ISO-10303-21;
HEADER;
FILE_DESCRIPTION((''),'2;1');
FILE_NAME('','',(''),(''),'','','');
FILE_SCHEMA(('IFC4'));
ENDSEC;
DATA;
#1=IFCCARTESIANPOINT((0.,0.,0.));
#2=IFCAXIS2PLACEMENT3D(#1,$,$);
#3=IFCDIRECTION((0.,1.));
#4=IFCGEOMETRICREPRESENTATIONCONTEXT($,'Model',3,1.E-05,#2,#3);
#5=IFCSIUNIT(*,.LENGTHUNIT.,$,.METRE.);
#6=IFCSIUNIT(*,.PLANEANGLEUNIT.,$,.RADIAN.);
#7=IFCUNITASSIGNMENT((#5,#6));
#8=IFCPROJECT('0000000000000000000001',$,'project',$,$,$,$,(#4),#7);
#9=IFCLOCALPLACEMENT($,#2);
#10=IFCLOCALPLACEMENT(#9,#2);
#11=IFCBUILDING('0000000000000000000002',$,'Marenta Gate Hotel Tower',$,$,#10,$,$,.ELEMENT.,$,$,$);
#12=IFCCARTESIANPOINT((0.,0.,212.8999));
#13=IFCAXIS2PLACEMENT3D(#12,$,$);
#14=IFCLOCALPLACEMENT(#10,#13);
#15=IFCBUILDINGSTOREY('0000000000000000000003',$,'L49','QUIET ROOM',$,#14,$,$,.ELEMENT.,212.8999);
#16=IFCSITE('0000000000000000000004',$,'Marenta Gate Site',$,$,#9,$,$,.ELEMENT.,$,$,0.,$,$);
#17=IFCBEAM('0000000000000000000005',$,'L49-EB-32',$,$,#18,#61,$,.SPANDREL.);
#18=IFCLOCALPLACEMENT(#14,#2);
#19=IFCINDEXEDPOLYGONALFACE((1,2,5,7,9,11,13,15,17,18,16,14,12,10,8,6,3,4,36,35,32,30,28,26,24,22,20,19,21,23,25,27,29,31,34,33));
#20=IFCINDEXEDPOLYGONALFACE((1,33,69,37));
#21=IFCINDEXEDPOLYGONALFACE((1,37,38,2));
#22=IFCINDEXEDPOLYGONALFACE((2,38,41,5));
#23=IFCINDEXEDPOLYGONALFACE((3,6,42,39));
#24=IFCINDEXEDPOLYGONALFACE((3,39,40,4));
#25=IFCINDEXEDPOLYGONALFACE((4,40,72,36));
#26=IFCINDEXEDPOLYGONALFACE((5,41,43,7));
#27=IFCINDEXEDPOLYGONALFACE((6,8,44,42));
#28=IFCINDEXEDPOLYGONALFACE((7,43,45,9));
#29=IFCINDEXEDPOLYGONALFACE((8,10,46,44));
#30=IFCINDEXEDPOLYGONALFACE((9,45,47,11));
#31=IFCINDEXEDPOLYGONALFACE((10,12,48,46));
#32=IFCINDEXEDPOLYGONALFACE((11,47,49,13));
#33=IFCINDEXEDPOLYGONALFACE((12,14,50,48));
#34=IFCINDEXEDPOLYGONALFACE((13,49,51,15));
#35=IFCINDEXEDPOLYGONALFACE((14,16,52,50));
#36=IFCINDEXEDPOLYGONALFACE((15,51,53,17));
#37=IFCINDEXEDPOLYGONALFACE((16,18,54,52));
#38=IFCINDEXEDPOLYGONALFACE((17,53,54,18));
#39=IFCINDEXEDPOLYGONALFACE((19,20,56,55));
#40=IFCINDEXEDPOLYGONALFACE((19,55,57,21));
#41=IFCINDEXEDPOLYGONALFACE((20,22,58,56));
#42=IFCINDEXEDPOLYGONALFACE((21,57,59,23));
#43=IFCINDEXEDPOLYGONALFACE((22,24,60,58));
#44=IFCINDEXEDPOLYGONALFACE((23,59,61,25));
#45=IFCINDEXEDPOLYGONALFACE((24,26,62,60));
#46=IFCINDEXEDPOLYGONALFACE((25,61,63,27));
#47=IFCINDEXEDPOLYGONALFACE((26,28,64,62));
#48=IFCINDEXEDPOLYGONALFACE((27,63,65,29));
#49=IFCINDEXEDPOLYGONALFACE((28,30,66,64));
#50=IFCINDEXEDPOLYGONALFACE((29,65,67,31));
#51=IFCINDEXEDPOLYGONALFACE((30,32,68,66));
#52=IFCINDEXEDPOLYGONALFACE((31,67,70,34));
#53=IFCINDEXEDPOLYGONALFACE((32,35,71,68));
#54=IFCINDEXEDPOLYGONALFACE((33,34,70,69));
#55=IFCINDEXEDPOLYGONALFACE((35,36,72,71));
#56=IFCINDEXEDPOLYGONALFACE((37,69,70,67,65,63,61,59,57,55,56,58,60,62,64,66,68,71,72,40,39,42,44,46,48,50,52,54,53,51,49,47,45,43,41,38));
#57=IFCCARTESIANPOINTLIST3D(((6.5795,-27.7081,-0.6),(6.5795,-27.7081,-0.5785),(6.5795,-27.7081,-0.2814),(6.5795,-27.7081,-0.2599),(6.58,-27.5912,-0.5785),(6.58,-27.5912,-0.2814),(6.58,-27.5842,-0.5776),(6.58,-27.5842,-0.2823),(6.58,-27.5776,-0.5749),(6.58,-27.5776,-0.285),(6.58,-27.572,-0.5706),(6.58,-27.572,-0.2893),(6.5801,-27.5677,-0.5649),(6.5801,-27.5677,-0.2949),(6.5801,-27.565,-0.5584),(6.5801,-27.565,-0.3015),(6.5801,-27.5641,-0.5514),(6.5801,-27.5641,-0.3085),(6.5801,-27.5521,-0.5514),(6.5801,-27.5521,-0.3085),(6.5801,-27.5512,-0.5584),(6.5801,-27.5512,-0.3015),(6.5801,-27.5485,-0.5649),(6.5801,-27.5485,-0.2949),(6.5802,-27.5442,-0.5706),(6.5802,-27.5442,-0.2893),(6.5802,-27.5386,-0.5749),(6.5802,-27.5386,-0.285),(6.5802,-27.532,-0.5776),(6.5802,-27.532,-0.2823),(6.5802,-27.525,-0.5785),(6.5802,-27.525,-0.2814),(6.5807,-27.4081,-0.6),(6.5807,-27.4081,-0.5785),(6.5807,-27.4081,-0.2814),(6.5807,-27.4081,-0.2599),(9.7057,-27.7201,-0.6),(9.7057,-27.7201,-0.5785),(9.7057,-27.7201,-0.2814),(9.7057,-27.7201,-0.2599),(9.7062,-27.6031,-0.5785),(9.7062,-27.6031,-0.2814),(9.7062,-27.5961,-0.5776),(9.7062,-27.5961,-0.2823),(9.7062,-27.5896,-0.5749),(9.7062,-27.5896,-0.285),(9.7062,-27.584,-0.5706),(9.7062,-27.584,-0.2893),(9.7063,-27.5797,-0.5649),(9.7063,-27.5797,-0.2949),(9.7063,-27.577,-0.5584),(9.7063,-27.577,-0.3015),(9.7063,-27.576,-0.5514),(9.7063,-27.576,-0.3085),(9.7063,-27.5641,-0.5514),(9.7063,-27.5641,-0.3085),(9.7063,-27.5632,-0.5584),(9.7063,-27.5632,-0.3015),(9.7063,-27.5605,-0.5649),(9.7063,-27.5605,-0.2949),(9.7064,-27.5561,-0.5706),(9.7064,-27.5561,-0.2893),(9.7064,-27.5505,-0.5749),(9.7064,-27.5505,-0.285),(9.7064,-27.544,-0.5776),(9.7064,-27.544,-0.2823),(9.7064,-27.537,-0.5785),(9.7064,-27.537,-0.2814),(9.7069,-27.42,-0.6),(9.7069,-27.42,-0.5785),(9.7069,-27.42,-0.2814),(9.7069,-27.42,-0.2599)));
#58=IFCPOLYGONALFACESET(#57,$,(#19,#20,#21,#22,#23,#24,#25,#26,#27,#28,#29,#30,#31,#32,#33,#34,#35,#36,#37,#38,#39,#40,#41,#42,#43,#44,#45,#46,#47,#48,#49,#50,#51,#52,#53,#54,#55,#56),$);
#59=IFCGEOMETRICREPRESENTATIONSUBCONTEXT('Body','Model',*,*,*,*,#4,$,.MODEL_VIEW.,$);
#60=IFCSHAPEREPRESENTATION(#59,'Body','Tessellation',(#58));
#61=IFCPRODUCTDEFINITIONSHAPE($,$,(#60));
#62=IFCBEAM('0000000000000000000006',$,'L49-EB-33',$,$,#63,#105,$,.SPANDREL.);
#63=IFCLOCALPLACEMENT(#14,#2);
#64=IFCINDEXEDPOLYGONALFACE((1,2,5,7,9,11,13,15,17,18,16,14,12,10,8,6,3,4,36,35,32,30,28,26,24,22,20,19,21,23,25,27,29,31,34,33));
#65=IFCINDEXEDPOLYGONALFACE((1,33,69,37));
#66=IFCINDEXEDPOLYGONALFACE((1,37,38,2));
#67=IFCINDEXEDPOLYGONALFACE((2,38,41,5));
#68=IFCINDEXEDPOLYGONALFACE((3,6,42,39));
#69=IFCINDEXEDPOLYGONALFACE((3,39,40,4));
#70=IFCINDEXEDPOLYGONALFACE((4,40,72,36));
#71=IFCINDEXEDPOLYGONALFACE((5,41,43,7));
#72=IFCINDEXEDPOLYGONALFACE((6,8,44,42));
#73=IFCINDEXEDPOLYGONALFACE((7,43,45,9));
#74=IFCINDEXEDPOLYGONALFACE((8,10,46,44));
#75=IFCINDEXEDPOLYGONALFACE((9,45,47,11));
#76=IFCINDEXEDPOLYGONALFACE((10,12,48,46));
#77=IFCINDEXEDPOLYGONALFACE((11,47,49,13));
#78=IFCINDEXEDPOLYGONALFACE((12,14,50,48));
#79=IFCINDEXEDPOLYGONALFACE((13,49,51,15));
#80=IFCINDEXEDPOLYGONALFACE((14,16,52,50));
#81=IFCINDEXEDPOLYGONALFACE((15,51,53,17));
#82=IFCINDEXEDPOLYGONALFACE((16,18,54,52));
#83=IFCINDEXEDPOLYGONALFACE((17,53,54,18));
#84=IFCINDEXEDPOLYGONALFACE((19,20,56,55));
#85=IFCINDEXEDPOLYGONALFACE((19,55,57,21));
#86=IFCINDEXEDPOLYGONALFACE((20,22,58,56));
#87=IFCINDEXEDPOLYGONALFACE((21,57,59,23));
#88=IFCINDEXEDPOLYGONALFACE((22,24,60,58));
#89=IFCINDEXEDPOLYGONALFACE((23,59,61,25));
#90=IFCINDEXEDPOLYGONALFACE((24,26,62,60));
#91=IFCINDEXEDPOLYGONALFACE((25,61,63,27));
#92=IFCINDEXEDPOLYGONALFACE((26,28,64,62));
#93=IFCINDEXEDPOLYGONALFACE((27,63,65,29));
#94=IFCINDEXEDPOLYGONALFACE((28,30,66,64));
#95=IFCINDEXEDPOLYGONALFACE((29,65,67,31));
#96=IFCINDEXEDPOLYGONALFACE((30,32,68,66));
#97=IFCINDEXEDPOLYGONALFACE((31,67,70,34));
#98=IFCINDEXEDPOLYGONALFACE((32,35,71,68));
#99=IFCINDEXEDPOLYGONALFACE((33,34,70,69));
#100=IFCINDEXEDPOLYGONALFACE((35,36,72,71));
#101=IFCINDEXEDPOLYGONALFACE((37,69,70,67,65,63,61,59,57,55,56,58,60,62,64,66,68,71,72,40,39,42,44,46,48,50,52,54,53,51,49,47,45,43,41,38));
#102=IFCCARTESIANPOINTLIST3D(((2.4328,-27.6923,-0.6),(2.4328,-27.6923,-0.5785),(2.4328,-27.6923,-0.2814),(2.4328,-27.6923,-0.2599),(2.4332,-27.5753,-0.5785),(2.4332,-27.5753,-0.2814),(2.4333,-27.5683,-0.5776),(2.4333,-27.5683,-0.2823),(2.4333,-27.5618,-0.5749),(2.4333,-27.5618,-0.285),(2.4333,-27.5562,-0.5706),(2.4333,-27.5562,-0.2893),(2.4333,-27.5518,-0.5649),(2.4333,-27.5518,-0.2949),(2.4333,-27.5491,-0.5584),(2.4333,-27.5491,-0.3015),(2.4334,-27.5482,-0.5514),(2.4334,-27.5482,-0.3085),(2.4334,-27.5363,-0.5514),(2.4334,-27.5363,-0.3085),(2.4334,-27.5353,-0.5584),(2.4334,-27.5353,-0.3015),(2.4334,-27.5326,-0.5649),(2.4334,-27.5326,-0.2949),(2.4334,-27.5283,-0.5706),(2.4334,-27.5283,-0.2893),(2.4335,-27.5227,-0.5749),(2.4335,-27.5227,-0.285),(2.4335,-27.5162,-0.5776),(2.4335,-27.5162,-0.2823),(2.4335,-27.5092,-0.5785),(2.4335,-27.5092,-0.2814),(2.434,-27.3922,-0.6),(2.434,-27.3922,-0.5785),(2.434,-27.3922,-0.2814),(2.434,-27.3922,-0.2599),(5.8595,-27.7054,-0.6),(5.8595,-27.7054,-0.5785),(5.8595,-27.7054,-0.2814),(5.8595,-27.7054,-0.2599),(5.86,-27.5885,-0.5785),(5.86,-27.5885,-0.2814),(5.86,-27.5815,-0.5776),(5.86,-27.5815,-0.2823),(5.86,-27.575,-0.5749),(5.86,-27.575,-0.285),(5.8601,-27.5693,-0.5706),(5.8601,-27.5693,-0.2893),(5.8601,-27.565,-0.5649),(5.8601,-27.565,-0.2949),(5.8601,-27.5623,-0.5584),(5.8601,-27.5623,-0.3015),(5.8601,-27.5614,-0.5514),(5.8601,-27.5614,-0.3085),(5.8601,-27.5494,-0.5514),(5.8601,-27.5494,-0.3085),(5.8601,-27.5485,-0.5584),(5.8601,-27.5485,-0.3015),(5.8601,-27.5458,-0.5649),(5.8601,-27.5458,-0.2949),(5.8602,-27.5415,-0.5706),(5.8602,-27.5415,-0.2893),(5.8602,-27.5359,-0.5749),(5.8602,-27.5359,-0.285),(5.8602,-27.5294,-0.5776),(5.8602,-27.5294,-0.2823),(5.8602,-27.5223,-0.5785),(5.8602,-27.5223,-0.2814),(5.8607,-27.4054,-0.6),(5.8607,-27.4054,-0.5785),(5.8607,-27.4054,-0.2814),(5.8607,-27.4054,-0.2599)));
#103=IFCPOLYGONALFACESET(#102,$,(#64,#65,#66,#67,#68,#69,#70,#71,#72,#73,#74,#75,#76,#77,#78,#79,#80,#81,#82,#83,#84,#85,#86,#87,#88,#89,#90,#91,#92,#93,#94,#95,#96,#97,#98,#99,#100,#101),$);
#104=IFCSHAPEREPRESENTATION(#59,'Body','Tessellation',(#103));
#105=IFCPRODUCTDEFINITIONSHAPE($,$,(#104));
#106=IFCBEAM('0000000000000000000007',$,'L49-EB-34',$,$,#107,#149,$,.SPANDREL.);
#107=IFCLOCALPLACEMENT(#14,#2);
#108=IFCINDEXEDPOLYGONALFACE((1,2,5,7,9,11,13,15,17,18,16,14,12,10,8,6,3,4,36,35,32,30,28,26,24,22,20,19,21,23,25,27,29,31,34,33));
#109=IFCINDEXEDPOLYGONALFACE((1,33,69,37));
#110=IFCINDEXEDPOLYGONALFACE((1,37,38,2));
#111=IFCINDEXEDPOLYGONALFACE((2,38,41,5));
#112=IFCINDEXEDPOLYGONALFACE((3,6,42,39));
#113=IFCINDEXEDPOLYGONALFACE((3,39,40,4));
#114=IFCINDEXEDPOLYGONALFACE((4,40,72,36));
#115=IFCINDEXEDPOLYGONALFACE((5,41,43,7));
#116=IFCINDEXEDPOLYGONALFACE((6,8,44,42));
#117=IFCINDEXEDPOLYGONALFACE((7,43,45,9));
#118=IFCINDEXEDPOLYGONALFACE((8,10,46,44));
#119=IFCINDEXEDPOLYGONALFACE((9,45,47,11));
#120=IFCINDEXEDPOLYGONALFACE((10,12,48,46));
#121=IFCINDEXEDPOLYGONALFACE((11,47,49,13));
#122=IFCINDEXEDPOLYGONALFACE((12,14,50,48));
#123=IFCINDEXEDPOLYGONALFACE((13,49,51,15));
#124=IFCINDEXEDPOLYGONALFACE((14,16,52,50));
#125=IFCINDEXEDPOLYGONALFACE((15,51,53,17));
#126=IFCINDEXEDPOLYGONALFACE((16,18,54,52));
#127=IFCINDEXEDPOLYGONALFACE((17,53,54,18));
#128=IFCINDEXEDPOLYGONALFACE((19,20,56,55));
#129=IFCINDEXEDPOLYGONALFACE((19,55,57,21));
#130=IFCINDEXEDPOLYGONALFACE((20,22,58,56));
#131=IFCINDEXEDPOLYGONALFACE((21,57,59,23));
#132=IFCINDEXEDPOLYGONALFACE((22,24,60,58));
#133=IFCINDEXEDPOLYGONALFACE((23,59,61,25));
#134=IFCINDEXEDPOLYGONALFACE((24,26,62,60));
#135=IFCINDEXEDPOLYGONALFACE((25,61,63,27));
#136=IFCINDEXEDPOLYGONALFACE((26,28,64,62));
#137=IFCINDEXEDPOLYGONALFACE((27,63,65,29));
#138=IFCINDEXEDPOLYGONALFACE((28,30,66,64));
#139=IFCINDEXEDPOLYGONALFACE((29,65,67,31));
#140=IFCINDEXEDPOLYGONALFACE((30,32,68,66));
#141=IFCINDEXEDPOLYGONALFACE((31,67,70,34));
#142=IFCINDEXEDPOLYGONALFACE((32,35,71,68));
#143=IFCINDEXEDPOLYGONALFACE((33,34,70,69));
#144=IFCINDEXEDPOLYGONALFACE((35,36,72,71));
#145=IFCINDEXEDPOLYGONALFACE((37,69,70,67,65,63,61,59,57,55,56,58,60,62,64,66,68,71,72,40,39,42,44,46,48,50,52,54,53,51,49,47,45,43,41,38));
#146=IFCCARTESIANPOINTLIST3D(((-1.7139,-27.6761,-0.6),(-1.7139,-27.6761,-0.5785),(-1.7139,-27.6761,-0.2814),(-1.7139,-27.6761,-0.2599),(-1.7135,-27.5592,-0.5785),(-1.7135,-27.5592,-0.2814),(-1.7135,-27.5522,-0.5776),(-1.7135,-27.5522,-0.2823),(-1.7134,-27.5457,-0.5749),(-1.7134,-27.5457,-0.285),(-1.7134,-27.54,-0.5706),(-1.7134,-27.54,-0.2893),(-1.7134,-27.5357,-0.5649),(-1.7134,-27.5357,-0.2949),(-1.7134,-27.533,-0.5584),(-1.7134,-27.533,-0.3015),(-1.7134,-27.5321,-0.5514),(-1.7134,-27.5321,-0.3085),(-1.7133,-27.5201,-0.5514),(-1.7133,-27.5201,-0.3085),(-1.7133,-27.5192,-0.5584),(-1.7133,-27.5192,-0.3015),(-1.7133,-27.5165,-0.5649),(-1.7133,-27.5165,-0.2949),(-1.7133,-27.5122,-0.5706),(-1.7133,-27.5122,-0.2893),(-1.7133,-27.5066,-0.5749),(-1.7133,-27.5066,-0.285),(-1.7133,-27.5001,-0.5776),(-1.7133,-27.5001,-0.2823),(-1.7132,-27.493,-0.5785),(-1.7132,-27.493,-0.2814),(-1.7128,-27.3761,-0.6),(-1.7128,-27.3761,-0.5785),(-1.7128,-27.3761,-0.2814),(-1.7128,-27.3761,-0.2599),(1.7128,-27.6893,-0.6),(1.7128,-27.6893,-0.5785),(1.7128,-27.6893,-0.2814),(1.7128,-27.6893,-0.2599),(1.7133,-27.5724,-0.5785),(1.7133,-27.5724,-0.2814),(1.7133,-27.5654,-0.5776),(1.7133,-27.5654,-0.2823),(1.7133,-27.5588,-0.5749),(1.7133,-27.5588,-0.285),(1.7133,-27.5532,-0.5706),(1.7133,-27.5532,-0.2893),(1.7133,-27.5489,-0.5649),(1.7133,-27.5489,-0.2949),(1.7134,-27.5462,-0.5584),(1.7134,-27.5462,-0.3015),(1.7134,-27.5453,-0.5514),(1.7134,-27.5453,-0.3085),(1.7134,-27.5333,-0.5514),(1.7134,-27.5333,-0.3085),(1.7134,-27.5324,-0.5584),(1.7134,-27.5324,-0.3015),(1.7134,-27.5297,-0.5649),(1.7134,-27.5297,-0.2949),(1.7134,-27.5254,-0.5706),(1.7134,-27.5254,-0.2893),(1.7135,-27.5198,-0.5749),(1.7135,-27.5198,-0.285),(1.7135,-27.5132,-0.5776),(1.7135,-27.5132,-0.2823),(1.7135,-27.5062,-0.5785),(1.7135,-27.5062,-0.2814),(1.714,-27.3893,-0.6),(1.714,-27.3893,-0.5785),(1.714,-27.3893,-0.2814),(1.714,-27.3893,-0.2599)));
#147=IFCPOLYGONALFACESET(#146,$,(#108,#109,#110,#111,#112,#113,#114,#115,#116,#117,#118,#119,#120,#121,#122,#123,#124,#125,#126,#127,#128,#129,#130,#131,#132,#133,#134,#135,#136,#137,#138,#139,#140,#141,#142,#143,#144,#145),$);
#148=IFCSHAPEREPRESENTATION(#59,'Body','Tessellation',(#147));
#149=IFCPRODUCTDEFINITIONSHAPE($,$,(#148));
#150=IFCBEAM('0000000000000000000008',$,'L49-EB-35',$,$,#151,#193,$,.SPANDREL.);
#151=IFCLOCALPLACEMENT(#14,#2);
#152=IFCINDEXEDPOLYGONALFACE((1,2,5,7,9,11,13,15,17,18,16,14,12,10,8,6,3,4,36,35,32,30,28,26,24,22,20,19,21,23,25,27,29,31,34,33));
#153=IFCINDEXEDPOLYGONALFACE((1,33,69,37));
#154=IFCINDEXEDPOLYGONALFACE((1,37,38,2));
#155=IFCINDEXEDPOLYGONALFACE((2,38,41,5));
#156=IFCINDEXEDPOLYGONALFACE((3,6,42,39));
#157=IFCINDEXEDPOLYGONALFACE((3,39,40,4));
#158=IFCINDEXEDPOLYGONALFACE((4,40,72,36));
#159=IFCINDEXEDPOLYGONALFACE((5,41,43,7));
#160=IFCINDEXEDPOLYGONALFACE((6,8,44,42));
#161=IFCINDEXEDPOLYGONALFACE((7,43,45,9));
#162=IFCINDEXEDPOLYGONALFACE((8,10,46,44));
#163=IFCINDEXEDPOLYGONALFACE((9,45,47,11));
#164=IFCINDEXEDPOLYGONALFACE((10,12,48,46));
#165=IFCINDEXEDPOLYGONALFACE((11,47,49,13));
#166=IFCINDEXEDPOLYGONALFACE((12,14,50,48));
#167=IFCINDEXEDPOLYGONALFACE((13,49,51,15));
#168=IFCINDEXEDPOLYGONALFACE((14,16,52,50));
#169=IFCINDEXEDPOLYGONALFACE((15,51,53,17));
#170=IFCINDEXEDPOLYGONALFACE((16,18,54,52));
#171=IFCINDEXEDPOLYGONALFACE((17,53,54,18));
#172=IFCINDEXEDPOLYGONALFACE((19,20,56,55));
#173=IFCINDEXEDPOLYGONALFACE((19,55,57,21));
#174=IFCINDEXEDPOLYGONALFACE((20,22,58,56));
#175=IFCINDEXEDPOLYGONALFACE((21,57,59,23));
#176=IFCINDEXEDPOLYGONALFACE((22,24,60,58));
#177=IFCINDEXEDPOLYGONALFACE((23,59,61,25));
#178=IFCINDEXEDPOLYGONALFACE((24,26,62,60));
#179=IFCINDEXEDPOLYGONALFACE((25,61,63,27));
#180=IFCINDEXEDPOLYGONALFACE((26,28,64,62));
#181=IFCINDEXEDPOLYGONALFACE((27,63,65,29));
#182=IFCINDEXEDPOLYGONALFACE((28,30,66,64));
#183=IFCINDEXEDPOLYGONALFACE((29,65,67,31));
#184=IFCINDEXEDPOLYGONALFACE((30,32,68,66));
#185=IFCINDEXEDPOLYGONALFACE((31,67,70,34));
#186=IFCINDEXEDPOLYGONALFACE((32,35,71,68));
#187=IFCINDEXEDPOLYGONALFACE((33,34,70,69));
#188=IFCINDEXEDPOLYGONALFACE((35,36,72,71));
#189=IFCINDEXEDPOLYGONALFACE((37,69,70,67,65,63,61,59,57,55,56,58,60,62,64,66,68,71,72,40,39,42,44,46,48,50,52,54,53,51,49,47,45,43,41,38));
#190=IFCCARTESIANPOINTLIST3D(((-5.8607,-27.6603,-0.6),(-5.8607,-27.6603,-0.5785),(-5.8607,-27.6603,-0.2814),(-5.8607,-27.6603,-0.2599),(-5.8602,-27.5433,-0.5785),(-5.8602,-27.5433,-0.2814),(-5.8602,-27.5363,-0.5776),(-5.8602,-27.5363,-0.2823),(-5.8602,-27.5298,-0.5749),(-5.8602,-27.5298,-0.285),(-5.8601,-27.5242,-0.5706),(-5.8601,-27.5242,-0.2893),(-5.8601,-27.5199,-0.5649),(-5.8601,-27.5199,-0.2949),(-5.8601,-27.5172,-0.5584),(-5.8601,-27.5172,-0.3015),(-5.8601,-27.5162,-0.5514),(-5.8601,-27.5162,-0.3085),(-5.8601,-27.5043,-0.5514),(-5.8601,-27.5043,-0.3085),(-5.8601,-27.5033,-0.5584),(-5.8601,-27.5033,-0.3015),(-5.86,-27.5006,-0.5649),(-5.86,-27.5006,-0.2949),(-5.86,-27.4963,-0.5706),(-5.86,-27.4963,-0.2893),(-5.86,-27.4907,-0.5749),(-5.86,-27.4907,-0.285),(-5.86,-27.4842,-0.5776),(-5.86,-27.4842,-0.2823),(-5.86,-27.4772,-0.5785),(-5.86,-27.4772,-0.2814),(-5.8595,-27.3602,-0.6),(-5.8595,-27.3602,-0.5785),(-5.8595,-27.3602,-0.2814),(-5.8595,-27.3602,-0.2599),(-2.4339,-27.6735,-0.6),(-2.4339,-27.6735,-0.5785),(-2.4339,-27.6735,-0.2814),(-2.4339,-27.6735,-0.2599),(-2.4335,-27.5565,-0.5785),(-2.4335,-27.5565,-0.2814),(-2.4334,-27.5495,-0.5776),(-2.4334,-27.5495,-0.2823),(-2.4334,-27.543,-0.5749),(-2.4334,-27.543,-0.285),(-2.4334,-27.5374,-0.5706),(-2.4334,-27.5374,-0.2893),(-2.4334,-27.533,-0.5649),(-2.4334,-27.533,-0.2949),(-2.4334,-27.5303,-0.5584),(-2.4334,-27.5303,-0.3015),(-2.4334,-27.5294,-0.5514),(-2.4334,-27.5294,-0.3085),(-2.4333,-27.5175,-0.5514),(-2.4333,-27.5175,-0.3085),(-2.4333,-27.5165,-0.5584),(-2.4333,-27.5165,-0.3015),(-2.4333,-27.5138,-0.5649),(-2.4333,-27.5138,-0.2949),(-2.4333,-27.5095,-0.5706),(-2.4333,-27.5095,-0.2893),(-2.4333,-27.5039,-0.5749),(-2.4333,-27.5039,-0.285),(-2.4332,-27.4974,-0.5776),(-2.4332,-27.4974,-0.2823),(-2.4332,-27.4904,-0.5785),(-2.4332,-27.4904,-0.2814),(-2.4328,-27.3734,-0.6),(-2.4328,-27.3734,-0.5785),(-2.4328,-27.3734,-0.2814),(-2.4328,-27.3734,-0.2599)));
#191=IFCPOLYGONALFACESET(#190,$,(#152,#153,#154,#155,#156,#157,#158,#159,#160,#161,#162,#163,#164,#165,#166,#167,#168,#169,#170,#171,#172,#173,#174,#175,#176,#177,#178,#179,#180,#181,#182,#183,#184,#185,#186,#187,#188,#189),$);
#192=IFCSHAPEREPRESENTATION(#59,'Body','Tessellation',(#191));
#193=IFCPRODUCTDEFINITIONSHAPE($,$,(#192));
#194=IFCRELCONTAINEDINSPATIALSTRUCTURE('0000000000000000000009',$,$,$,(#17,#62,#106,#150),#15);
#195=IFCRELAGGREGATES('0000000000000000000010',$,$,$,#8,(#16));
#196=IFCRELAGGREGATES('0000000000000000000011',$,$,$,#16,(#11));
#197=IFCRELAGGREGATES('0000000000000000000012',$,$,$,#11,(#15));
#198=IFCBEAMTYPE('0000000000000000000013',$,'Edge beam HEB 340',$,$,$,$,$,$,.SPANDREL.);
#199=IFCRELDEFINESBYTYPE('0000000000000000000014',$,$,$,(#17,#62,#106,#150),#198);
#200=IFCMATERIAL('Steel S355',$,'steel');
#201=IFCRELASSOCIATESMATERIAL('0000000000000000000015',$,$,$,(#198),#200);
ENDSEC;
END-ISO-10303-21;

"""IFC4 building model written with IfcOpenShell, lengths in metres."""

from ifc_helpers import new_model, si_unit, direction, frame, origin, origin_2d, place, context, subcontext, project, spatial, i_section, extrude, material, material_profile, profile_set, type_object, element, save


model = new_model("IFC4")

# Units and contexts
model_context = context("Model", 3, precision=1e-05, world=origin(), true_north=direction((0.0, 1.0)))
body_context = subcontext(model_context, "Body", "Model", "MODEL_VIEW")
ifc_project = project(units=[si_unit("LENGTHUNIT", "METRE"), si_unit("PLANEANGLEUNIT", "RADIAN")], contexts=[model_context])

# Site, building, storey
site_placement = place(None, origin())
site = spatial("IfcSite", under=ifc_project, at=site_placement, Name="Marenta Gate Site", CompositionType="ELEMENT", RefElevation=0.0)
building_placement = place(site_placement, origin())
building = spatial("IfcBuilding", under=site, at=building_placement, Name="Marenta Gate Hotel Tower", CompositionType="ELEMENT")
storey_placement = place(building_placement, frame((0.0, 0.0, 212.8999)))
storey = spatial("IfcBuildingStorey", under=building, at=storey_placement, Name="L49", Description="QUIET ROOM", CompositionType="ELEMENT", Elevation=212.8999)

# Beams
ifc_material_1 = material(Name="Steel S355", Category="steel")
ifc_material_profile_1 = material_profile(ifc_material_1, i_section(OverallWidth=0.3, OverallDepth=0.3401, WebThickness=0.012, FlangeThickness=0.0215, FilletRadius=0.0271, at=origin_2d()), Name="HEB 340")
ifc_profile_set_1 = profile_set([ifc_material_profile_1], Name="Steel S355")
beam_type = type_object("IfcBeamType", Name="Edge beam HEB 340", PredefinedType="SPANDREL", material=ifc_profile_set_1)
beam_placement = place(storey_placement, frame((9.7063, -27.5701, -0.4299), z_axis=(-0.999993, 0.003827, 0.0), x_axis=(-0.003827, -0.999993, 0.0)))
element("IfcBeam", 1, at=beam_placement, inside=storey, type_object=beam_type, Name="L49-EB-32", PredefinedType="SPANDREL", context=body_context, shape_type="SweptSolid", body=[
    extrude(i_section(OverallWidth=0.3, OverallDepth=0.3401, WebThickness=0.012, FlangeThickness=0.0215, FilletRadius=0.0271, at=origin_2d()), origin(), (0.0, 0.0, 1.0), 3.1262),
])
for number, where, z_axis, x_axis, name in (
    (2, (5.8601, -27.5554, -0.4299), (-0.999993, 0.003847, 0.0), (-0.003847, -0.999993, 0.0), "L49-EB-33"),
    (3, (1.7134, -27.5393, -0.4299), (-0.999993, 0.003847, 0.0), (-0.003847, -0.999993, 0.0), "L49-EB-34"),
    (4, (-2.4333, -27.5234, -0.4299), (-0.999993, 0.003847, 0.0), (-0.003847, -0.999993, 0.0), "L49-EB-35"),
):
    element("IfcBeam", number, at=place(storey_placement, frame(where, z_axis=z_axis, x_axis=x_axis)), inside=storey, type_object=beam_type, Name=name, PredefinedType="SPANDREL", context=body_context, shape_type="SweptSolid", body=[
        extrude(i_section(OverallWidth=0.3, OverallDepth=0.3401, WebThickness=0.012, FlangeThickness=0.0215, FilletRadius=0.0271, at=origin_2d()), origin(), (0.0, 0.0, 1.0), 3.4268),
    ])

save(model, "model.ifc")
